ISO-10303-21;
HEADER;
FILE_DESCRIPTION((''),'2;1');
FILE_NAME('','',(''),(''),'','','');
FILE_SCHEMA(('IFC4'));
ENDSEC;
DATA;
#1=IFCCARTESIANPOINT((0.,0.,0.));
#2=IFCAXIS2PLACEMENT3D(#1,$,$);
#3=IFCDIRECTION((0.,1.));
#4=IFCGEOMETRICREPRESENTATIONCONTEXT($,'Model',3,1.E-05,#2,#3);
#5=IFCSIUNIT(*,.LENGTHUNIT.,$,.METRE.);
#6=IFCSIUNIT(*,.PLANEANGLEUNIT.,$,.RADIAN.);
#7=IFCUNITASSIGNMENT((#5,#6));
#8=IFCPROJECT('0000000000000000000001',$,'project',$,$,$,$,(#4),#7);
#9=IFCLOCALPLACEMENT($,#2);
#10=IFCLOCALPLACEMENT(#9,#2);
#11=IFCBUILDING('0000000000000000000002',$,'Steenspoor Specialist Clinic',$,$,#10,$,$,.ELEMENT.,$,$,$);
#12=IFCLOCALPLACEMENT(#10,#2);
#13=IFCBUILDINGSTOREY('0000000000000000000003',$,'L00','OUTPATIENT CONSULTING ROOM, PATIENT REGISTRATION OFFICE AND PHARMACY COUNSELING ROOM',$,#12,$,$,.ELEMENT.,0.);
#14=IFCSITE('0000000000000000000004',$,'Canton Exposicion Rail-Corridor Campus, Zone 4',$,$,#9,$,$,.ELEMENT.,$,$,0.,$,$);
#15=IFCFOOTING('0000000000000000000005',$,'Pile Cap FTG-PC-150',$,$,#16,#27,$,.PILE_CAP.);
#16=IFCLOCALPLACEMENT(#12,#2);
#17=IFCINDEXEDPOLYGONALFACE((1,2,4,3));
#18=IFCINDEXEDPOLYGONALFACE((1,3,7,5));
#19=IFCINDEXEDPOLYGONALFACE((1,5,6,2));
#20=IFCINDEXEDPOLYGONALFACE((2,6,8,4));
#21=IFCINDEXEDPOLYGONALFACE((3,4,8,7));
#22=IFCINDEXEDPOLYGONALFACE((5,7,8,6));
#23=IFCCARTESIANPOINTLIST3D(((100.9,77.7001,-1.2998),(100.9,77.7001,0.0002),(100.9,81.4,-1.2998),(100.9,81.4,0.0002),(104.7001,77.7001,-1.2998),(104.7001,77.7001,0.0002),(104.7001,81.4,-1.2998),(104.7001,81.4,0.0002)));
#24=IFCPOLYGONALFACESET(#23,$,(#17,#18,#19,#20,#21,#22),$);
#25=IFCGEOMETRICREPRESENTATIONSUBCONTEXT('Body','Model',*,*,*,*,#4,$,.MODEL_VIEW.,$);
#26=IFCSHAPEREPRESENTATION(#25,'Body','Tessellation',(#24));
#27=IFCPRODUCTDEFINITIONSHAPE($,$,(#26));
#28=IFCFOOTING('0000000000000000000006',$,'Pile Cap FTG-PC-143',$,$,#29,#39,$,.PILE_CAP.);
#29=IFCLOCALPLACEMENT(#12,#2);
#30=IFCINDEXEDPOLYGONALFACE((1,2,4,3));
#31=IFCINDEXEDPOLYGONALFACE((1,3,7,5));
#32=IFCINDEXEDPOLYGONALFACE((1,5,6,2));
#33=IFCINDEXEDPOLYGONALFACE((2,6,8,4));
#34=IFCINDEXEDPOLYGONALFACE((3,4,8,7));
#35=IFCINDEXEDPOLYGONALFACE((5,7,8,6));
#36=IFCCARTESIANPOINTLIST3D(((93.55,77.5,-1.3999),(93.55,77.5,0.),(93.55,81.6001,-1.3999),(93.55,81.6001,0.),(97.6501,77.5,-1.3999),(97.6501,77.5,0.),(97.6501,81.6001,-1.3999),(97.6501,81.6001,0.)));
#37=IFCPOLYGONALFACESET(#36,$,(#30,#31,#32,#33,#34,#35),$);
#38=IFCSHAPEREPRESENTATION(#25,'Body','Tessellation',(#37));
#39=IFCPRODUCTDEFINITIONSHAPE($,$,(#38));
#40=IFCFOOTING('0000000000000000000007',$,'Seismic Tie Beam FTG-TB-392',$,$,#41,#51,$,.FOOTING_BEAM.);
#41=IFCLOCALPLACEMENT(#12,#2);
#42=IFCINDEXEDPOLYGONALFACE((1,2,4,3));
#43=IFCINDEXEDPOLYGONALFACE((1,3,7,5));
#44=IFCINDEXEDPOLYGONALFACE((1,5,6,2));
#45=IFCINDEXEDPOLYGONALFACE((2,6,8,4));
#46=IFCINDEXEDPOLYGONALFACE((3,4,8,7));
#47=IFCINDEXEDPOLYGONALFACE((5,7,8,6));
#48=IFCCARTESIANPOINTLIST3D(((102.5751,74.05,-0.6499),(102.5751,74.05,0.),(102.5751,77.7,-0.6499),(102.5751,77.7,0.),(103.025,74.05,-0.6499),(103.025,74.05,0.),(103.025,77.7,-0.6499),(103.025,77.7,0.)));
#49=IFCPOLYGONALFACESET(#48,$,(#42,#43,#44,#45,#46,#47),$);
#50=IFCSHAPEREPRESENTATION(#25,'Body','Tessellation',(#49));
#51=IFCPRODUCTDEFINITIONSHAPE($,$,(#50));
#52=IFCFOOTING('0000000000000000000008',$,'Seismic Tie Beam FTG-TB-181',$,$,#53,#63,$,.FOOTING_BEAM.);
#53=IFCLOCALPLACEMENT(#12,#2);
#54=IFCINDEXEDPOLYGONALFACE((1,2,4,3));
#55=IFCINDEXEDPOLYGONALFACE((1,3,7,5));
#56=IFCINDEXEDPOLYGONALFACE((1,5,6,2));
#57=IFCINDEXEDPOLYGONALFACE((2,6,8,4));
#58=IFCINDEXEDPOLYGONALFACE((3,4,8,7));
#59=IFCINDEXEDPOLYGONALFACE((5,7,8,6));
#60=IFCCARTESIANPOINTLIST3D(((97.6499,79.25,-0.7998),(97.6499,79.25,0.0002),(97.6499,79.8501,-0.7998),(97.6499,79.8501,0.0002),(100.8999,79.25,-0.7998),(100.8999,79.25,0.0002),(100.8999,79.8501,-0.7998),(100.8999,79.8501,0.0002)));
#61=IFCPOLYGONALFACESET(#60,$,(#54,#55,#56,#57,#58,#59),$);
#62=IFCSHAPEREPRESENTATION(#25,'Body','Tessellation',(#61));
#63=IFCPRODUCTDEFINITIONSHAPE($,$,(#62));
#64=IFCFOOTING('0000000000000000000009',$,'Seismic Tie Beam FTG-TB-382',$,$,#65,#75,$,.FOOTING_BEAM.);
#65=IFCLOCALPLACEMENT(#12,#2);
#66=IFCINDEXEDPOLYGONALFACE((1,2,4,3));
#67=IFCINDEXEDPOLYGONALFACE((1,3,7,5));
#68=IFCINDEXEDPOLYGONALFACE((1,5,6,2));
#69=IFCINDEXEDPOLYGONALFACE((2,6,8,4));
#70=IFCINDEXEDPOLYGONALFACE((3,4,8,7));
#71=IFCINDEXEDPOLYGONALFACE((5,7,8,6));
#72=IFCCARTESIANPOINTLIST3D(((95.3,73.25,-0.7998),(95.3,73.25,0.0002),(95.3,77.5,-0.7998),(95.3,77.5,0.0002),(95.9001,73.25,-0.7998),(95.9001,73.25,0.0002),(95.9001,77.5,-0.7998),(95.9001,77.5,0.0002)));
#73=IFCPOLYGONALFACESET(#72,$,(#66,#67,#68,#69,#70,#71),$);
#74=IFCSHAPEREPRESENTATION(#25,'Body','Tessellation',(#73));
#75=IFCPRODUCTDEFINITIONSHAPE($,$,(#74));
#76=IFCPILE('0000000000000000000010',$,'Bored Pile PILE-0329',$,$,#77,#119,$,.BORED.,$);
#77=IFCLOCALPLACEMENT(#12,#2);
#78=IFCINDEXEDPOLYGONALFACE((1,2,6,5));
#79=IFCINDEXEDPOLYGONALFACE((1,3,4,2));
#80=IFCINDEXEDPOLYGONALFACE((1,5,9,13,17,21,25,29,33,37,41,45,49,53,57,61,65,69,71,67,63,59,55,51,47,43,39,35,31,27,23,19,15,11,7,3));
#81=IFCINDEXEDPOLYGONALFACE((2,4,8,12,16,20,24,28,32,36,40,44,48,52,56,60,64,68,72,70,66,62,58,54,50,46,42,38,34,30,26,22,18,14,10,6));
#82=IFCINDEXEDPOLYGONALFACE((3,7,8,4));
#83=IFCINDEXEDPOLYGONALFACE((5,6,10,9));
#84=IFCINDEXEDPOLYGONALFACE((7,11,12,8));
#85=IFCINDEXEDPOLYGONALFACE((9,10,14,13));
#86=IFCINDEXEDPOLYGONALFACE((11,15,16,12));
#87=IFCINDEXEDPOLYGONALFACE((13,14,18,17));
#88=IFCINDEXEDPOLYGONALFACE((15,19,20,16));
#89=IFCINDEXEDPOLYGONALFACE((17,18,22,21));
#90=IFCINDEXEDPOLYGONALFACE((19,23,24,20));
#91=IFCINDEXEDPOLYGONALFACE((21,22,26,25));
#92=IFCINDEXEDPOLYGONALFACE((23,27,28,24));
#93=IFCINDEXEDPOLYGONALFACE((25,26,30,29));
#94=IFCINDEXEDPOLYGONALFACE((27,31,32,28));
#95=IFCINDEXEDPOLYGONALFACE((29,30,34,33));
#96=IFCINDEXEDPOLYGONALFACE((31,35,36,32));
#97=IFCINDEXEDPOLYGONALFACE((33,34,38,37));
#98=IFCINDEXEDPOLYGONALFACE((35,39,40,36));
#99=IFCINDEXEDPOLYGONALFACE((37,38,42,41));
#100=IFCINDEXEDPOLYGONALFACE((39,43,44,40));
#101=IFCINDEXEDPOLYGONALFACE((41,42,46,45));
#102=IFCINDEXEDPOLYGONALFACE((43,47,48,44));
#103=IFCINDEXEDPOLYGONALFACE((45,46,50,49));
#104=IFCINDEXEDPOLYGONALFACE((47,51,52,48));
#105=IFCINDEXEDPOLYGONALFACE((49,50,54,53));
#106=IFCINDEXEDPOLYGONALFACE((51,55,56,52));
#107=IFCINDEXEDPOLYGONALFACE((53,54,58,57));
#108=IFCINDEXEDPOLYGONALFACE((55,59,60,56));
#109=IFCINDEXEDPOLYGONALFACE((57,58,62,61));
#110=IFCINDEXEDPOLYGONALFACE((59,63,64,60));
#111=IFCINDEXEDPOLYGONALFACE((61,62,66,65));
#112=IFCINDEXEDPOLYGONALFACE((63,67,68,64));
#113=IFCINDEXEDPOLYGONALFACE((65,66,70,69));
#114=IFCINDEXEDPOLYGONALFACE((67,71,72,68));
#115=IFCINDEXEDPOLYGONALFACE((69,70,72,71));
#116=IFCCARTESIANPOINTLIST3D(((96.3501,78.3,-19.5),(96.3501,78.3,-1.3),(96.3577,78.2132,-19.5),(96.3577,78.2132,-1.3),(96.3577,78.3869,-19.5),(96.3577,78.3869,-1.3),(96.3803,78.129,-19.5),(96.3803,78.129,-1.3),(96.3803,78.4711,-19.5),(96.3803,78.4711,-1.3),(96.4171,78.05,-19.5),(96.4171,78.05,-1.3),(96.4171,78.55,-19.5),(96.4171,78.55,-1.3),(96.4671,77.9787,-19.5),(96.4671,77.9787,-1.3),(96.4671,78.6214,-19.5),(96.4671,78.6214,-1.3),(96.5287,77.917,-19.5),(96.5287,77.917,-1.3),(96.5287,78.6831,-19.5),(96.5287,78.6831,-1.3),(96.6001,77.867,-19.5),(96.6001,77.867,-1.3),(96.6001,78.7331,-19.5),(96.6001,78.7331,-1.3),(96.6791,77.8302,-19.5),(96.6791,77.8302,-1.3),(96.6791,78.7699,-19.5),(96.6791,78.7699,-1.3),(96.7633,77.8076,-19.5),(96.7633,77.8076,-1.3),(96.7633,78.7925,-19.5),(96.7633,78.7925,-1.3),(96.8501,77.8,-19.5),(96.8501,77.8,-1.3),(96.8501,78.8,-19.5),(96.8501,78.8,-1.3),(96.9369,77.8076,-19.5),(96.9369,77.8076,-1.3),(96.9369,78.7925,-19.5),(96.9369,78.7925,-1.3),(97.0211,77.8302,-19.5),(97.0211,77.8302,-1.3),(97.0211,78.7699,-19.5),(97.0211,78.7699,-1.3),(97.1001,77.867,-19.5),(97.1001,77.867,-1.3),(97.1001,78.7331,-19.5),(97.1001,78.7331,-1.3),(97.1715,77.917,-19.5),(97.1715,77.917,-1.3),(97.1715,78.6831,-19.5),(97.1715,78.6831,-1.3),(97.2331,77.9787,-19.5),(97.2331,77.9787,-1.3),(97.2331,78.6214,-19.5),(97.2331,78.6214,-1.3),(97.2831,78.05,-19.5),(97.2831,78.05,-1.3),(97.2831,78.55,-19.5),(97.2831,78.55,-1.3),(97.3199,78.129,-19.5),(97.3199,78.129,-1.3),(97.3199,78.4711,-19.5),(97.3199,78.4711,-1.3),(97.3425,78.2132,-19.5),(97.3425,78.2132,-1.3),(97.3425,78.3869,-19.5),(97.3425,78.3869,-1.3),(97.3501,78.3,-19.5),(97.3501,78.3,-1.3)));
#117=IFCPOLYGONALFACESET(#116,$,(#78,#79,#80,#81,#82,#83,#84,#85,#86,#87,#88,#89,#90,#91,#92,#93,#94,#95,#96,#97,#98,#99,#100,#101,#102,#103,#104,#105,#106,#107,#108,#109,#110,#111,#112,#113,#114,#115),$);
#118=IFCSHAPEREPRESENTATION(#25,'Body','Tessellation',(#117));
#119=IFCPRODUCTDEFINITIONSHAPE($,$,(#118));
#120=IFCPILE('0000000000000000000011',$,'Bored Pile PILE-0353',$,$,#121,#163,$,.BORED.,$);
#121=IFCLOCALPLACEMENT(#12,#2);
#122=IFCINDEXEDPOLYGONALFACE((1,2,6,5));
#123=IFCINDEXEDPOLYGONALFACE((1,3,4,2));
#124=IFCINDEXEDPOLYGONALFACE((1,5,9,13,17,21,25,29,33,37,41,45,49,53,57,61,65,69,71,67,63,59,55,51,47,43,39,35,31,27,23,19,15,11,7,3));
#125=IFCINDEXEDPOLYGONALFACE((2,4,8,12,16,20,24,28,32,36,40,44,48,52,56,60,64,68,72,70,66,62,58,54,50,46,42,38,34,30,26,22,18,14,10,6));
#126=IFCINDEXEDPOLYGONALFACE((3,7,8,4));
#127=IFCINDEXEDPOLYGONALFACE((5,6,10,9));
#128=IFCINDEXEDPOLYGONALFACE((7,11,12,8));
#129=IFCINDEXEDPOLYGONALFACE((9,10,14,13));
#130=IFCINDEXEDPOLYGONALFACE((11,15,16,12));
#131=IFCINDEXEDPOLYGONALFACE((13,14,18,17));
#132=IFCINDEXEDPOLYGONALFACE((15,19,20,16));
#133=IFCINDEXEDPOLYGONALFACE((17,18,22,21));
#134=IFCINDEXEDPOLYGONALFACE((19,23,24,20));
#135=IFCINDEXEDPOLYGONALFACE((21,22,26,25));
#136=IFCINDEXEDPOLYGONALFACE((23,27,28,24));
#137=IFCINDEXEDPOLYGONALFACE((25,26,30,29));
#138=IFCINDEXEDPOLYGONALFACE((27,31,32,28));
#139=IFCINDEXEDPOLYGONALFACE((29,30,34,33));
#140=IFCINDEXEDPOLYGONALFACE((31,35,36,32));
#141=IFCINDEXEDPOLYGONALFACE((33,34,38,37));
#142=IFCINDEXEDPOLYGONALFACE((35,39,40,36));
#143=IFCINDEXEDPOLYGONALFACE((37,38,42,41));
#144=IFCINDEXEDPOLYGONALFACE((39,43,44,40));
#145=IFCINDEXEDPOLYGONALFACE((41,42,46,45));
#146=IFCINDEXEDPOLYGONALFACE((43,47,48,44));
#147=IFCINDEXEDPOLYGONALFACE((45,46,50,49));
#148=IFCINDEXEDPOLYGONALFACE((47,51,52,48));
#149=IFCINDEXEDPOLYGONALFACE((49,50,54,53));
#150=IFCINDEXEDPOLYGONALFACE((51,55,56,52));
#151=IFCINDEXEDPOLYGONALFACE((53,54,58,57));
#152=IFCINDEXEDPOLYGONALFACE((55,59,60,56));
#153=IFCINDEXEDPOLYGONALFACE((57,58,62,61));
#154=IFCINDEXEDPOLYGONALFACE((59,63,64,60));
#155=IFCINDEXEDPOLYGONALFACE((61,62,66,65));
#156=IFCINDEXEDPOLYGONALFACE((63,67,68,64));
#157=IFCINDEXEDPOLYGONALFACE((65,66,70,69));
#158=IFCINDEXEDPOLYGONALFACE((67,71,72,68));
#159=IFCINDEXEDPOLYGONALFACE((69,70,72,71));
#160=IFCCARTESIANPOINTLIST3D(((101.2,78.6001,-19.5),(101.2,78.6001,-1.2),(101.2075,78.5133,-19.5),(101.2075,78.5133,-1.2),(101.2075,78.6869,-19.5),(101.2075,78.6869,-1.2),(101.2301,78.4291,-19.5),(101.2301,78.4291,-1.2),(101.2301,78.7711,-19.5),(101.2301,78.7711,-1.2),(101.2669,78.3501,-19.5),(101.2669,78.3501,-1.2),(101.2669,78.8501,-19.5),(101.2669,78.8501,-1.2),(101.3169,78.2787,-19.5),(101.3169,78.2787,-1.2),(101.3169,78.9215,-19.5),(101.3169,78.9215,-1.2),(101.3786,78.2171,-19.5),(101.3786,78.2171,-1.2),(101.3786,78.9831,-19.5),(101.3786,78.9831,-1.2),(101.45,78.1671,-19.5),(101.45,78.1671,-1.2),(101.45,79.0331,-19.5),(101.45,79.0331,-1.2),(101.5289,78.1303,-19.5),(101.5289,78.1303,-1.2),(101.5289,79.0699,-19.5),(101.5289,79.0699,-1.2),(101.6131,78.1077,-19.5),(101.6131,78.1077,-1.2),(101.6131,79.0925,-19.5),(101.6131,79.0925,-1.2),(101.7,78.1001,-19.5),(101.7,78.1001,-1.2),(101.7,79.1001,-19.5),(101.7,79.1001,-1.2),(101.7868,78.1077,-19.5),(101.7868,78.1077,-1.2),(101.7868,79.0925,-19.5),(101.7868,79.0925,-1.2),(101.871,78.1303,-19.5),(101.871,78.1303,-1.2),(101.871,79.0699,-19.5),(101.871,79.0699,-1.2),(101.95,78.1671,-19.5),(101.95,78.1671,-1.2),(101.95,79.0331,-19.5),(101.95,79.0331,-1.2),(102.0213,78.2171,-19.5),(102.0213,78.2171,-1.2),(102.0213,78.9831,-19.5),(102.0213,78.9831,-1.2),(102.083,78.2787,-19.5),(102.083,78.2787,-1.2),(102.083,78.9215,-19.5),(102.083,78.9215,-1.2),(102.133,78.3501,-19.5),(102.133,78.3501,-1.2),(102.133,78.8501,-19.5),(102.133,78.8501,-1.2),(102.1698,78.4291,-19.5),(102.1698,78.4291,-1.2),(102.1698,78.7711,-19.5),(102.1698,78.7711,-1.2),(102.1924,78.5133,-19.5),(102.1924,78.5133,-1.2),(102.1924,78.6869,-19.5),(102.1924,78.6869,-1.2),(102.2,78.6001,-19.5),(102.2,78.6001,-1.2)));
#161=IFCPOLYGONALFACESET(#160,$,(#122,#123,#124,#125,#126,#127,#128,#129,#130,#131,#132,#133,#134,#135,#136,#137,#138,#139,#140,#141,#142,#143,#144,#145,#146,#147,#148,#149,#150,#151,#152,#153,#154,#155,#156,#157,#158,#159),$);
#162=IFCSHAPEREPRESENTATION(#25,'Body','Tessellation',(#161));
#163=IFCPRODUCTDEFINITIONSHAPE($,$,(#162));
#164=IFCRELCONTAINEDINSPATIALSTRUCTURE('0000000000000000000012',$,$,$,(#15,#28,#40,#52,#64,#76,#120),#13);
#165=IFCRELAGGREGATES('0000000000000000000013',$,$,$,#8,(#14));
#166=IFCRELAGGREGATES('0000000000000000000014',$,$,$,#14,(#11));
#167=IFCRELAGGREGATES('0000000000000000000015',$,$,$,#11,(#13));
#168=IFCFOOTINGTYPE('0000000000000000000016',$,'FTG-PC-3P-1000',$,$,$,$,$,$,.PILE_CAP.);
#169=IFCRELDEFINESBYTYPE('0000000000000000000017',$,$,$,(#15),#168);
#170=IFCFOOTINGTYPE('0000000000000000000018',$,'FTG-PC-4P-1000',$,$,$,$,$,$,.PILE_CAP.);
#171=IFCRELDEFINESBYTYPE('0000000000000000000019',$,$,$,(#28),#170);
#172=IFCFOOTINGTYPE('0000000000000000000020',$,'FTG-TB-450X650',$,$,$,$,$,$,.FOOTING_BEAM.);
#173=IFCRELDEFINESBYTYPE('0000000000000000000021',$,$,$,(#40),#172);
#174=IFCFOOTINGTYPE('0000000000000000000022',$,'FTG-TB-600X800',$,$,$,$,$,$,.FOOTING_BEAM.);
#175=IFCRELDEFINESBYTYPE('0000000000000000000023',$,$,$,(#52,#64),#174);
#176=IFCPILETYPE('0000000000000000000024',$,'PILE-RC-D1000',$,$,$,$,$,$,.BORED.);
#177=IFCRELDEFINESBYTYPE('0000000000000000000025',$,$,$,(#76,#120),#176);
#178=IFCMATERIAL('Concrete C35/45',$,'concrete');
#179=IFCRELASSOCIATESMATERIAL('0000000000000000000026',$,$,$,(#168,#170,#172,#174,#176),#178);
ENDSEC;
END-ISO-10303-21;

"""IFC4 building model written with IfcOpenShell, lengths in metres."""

from ifc_helpers import new_model, si_unit, direction, frame, origin, origin_2d, place, context, subcontext, project, spatial, rectangle, circle, extrude, material, material_profile, profile_set, type_object, element, save


model = new_model("IFC4")

# Units and contexts
model_context = context("Model", 3, precision=1e-05, world=origin(), true_north=direction((0.0, 1.0)))
body_context = subcontext(model_context, "Body", "Model", "MODEL_VIEW")
ifc_project = project(units=[si_unit("LENGTHUNIT", "METRE"), si_unit("PLANEANGLEUNIT", "RADIAN")], contexts=[model_context])

# Site, building, storey
site_placement = place(None, origin())
site = spatial("IfcSite", under=ifc_project, at=site_placement, Name="Canton Exposicion Rail-Corridor Campus, Zone 4", CompositionType="ELEMENT", RefElevation=0.0)
building_placement = place(site_placement, origin())
building = spatial("IfcBuilding", under=site, at=building_placement, Name="Steenspoor Specialist Clinic", CompositionType="ELEMENT")
storey_placement = place(building_placement, origin())
storey = spatial("IfcBuildingStorey", under=building, at=storey_placement, Name="L00", Description="OUTPATIENT CONSULTING ROOM, PATIENT REGISTRATION OFFICE AND PHARMACY COUNSELING ROOM", CompositionType="ELEMENT", Elevation=0.0)

# Footings
ifc_material_1 = material(Name="Concrete C35/45", Category="concrete")
footing_type_1 = type_object("IfcFootingType", Name="FTG-PC-3P-1000", PredefinedType="PILE_CAP", material=ifc_material_1)
footing_1_placement = place(storey_placement, frame((102.8, 79.55, -1.2998), z_axis=(0.0, 0.0, 1.0), x_axis=(1.0, 0.0, 0.0)))
element("IfcFooting", 1, at=footing_1_placement, inside=storey, type_object=footing_type_1, Name="Pile Cap FTG-PC-150", PredefinedType="PILE_CAP", context=body_context, shape_type="SweptSolid", body=[
    extrude(rectangle(XDim=3.8, YDim=3.7, at=origin_2d()), origin(), (0.0, 0.0, 1.0), 1.3),
])
footing_type_2 = type_object("IfcFootingType", Name="FTG-PC-4P-1000", PredefinedType="PILE_CAP", material=ifc_material_1)
footing_2_placement = place(storey_placement, frame((95.6001, 79.55, -1.3999), z_axis=(0.0, 0.0, 1.0), x_axis=(1.0, 0.0, 0.0)))
element("IfcFooting", 2, at=footing_2_placement, inside=storey, type_object=footing_type_2, Name="Pile Cap FTG-PC-143", PredefinedType="PILE_CAP", context=body_context, shape_type="SweptSolid", body=[
    extrude(rectangle(XDim=4.1001, YDim=4.1001, at=origin_2d()), origin(), (0.0, 0.0, 1.0), 1.3999),
])
footing_type_3 = type_object("IfcFootingType", Name="FTG-TB-450X650", PredefinedType="FOOTING_BEAM", material=ifc_material_1)
footing_3_placement = place(storey_placement, frame((102.8, 75.875, -0.6499), z_axis=(0.0, 0.0, 1.0), x_axis=(1.0, 0.0, 0.0)))
element("IfcFooting", 3, at=footing_3_placement, inside=storey, type_object=footing_type_3, Name="Seismic Tie Beam FTG-TB-392", PredefinedType="FOOTING_BEAM", context=body_context, shape_type="SweptSolid", body=[
    extrude(rectangle(XDim=0.45, YDim=3.6499, at=origin_2d()), origin(), (0.0, 0.0, 1.0), 0.6499),
])
footing_type_4 = type_object("IfcFootingType", Name="FTG-TB-600X800", PredefinedType="FOOTING_BEAM", material=ifc_material_1)
footing_4_placement = place(storey_placement, frame((99.2749, 79.55, -0.7998), z_axis=(0.0, 0.0, 1.0), x_axis=(1.0, 0.0, 0.0)))
element("IfcFooting", 4, at=footing_4_placement, inside=storey, type_object=footing_type_4, Name="Seismic Tie Beam FTG-TB-181", PredefinedType="FOOTING_BEAM", context=body_context, shape_type="SweptSolid", body=[
    extrude(rectangle(XDim=3.25, YDim=0.6001, at=origin_2d()), origin(), (0.0, 0.0, 1.0), 0.8),
])
footing_5_placement = place(storey_placement, frame((95.6001, 75.375, -0.7998), z_axis=(0.0, 0.0, 1.0), x_axis=(1.0, 0.0, 0.0)))
element("IfcFooting", 5, at=footing_5_placement, inside=storey, type_object=footing_type_4, Name="Seismic Tie Beam FTG-TB-382", PredefinedType="FOOTING_BEAM", context=body_context, shape_type="SweptSolid", body=[
    extrude(rectangle(XDim=0.6001, YDim=4.25, at=origin_2d()), origin(), (0.0, 0.0, 1.0), 0.8),
])

# Piles
ifc_material_profile_1 = material_profile(ifc_material_1, circle(Radius=0.5, at=origin_2d()), Name="PILE-D1000")
ifc_profile_set_1 = profile_set([ifc_material_profile_1], Name="Concrete C35/45")
pile_type = type_object("IfcPileType", Name="PILE-RC-D1000", PredefinedType="BORED", material=ifc_profile_set_1)
pile_placement = place(storey_placement, frame((96.8501, 78.3, -1.3), z_axis=(0.0, 0.0, -1.0), x_axis=(1.0, 0.0, 0.0)))
element("IfcPile", 6, at=pile_placement, inside=storey, type_object=pile_type, Name="Bored Pile PILE-0329", PredefinedType="BORED", context=body_context, shape_type="SweptSolid", body=[
    extrude(circle(Radius=0.5, at=origin_2d()), origin(), (0.0, 0.0, 1.0), 18.2),
])
for number, where, z_axis, x_axis, name in (
    (7, (101.7, 78.6001, -1.2), (0.0, 0.0, -1.0), (1.0, 0.0, 0.0), "Bored Pile PILE-0353"),
):
    element("IfcPile", number, at=place(storey_placement, frame(where, z_axis=z_axis, x_axis=x_axis)), inside=storey, type_object=pile_type, Name=name, PredefinedType="BORED", context=body_context, shape_type="SweptSolid", body=[
        extrude(circle(Radius=0.5, at=origin_2d()), origin(), (0.0, 0.0, 1.0), 18.3),
    ])

save(model, "model.ifc")
